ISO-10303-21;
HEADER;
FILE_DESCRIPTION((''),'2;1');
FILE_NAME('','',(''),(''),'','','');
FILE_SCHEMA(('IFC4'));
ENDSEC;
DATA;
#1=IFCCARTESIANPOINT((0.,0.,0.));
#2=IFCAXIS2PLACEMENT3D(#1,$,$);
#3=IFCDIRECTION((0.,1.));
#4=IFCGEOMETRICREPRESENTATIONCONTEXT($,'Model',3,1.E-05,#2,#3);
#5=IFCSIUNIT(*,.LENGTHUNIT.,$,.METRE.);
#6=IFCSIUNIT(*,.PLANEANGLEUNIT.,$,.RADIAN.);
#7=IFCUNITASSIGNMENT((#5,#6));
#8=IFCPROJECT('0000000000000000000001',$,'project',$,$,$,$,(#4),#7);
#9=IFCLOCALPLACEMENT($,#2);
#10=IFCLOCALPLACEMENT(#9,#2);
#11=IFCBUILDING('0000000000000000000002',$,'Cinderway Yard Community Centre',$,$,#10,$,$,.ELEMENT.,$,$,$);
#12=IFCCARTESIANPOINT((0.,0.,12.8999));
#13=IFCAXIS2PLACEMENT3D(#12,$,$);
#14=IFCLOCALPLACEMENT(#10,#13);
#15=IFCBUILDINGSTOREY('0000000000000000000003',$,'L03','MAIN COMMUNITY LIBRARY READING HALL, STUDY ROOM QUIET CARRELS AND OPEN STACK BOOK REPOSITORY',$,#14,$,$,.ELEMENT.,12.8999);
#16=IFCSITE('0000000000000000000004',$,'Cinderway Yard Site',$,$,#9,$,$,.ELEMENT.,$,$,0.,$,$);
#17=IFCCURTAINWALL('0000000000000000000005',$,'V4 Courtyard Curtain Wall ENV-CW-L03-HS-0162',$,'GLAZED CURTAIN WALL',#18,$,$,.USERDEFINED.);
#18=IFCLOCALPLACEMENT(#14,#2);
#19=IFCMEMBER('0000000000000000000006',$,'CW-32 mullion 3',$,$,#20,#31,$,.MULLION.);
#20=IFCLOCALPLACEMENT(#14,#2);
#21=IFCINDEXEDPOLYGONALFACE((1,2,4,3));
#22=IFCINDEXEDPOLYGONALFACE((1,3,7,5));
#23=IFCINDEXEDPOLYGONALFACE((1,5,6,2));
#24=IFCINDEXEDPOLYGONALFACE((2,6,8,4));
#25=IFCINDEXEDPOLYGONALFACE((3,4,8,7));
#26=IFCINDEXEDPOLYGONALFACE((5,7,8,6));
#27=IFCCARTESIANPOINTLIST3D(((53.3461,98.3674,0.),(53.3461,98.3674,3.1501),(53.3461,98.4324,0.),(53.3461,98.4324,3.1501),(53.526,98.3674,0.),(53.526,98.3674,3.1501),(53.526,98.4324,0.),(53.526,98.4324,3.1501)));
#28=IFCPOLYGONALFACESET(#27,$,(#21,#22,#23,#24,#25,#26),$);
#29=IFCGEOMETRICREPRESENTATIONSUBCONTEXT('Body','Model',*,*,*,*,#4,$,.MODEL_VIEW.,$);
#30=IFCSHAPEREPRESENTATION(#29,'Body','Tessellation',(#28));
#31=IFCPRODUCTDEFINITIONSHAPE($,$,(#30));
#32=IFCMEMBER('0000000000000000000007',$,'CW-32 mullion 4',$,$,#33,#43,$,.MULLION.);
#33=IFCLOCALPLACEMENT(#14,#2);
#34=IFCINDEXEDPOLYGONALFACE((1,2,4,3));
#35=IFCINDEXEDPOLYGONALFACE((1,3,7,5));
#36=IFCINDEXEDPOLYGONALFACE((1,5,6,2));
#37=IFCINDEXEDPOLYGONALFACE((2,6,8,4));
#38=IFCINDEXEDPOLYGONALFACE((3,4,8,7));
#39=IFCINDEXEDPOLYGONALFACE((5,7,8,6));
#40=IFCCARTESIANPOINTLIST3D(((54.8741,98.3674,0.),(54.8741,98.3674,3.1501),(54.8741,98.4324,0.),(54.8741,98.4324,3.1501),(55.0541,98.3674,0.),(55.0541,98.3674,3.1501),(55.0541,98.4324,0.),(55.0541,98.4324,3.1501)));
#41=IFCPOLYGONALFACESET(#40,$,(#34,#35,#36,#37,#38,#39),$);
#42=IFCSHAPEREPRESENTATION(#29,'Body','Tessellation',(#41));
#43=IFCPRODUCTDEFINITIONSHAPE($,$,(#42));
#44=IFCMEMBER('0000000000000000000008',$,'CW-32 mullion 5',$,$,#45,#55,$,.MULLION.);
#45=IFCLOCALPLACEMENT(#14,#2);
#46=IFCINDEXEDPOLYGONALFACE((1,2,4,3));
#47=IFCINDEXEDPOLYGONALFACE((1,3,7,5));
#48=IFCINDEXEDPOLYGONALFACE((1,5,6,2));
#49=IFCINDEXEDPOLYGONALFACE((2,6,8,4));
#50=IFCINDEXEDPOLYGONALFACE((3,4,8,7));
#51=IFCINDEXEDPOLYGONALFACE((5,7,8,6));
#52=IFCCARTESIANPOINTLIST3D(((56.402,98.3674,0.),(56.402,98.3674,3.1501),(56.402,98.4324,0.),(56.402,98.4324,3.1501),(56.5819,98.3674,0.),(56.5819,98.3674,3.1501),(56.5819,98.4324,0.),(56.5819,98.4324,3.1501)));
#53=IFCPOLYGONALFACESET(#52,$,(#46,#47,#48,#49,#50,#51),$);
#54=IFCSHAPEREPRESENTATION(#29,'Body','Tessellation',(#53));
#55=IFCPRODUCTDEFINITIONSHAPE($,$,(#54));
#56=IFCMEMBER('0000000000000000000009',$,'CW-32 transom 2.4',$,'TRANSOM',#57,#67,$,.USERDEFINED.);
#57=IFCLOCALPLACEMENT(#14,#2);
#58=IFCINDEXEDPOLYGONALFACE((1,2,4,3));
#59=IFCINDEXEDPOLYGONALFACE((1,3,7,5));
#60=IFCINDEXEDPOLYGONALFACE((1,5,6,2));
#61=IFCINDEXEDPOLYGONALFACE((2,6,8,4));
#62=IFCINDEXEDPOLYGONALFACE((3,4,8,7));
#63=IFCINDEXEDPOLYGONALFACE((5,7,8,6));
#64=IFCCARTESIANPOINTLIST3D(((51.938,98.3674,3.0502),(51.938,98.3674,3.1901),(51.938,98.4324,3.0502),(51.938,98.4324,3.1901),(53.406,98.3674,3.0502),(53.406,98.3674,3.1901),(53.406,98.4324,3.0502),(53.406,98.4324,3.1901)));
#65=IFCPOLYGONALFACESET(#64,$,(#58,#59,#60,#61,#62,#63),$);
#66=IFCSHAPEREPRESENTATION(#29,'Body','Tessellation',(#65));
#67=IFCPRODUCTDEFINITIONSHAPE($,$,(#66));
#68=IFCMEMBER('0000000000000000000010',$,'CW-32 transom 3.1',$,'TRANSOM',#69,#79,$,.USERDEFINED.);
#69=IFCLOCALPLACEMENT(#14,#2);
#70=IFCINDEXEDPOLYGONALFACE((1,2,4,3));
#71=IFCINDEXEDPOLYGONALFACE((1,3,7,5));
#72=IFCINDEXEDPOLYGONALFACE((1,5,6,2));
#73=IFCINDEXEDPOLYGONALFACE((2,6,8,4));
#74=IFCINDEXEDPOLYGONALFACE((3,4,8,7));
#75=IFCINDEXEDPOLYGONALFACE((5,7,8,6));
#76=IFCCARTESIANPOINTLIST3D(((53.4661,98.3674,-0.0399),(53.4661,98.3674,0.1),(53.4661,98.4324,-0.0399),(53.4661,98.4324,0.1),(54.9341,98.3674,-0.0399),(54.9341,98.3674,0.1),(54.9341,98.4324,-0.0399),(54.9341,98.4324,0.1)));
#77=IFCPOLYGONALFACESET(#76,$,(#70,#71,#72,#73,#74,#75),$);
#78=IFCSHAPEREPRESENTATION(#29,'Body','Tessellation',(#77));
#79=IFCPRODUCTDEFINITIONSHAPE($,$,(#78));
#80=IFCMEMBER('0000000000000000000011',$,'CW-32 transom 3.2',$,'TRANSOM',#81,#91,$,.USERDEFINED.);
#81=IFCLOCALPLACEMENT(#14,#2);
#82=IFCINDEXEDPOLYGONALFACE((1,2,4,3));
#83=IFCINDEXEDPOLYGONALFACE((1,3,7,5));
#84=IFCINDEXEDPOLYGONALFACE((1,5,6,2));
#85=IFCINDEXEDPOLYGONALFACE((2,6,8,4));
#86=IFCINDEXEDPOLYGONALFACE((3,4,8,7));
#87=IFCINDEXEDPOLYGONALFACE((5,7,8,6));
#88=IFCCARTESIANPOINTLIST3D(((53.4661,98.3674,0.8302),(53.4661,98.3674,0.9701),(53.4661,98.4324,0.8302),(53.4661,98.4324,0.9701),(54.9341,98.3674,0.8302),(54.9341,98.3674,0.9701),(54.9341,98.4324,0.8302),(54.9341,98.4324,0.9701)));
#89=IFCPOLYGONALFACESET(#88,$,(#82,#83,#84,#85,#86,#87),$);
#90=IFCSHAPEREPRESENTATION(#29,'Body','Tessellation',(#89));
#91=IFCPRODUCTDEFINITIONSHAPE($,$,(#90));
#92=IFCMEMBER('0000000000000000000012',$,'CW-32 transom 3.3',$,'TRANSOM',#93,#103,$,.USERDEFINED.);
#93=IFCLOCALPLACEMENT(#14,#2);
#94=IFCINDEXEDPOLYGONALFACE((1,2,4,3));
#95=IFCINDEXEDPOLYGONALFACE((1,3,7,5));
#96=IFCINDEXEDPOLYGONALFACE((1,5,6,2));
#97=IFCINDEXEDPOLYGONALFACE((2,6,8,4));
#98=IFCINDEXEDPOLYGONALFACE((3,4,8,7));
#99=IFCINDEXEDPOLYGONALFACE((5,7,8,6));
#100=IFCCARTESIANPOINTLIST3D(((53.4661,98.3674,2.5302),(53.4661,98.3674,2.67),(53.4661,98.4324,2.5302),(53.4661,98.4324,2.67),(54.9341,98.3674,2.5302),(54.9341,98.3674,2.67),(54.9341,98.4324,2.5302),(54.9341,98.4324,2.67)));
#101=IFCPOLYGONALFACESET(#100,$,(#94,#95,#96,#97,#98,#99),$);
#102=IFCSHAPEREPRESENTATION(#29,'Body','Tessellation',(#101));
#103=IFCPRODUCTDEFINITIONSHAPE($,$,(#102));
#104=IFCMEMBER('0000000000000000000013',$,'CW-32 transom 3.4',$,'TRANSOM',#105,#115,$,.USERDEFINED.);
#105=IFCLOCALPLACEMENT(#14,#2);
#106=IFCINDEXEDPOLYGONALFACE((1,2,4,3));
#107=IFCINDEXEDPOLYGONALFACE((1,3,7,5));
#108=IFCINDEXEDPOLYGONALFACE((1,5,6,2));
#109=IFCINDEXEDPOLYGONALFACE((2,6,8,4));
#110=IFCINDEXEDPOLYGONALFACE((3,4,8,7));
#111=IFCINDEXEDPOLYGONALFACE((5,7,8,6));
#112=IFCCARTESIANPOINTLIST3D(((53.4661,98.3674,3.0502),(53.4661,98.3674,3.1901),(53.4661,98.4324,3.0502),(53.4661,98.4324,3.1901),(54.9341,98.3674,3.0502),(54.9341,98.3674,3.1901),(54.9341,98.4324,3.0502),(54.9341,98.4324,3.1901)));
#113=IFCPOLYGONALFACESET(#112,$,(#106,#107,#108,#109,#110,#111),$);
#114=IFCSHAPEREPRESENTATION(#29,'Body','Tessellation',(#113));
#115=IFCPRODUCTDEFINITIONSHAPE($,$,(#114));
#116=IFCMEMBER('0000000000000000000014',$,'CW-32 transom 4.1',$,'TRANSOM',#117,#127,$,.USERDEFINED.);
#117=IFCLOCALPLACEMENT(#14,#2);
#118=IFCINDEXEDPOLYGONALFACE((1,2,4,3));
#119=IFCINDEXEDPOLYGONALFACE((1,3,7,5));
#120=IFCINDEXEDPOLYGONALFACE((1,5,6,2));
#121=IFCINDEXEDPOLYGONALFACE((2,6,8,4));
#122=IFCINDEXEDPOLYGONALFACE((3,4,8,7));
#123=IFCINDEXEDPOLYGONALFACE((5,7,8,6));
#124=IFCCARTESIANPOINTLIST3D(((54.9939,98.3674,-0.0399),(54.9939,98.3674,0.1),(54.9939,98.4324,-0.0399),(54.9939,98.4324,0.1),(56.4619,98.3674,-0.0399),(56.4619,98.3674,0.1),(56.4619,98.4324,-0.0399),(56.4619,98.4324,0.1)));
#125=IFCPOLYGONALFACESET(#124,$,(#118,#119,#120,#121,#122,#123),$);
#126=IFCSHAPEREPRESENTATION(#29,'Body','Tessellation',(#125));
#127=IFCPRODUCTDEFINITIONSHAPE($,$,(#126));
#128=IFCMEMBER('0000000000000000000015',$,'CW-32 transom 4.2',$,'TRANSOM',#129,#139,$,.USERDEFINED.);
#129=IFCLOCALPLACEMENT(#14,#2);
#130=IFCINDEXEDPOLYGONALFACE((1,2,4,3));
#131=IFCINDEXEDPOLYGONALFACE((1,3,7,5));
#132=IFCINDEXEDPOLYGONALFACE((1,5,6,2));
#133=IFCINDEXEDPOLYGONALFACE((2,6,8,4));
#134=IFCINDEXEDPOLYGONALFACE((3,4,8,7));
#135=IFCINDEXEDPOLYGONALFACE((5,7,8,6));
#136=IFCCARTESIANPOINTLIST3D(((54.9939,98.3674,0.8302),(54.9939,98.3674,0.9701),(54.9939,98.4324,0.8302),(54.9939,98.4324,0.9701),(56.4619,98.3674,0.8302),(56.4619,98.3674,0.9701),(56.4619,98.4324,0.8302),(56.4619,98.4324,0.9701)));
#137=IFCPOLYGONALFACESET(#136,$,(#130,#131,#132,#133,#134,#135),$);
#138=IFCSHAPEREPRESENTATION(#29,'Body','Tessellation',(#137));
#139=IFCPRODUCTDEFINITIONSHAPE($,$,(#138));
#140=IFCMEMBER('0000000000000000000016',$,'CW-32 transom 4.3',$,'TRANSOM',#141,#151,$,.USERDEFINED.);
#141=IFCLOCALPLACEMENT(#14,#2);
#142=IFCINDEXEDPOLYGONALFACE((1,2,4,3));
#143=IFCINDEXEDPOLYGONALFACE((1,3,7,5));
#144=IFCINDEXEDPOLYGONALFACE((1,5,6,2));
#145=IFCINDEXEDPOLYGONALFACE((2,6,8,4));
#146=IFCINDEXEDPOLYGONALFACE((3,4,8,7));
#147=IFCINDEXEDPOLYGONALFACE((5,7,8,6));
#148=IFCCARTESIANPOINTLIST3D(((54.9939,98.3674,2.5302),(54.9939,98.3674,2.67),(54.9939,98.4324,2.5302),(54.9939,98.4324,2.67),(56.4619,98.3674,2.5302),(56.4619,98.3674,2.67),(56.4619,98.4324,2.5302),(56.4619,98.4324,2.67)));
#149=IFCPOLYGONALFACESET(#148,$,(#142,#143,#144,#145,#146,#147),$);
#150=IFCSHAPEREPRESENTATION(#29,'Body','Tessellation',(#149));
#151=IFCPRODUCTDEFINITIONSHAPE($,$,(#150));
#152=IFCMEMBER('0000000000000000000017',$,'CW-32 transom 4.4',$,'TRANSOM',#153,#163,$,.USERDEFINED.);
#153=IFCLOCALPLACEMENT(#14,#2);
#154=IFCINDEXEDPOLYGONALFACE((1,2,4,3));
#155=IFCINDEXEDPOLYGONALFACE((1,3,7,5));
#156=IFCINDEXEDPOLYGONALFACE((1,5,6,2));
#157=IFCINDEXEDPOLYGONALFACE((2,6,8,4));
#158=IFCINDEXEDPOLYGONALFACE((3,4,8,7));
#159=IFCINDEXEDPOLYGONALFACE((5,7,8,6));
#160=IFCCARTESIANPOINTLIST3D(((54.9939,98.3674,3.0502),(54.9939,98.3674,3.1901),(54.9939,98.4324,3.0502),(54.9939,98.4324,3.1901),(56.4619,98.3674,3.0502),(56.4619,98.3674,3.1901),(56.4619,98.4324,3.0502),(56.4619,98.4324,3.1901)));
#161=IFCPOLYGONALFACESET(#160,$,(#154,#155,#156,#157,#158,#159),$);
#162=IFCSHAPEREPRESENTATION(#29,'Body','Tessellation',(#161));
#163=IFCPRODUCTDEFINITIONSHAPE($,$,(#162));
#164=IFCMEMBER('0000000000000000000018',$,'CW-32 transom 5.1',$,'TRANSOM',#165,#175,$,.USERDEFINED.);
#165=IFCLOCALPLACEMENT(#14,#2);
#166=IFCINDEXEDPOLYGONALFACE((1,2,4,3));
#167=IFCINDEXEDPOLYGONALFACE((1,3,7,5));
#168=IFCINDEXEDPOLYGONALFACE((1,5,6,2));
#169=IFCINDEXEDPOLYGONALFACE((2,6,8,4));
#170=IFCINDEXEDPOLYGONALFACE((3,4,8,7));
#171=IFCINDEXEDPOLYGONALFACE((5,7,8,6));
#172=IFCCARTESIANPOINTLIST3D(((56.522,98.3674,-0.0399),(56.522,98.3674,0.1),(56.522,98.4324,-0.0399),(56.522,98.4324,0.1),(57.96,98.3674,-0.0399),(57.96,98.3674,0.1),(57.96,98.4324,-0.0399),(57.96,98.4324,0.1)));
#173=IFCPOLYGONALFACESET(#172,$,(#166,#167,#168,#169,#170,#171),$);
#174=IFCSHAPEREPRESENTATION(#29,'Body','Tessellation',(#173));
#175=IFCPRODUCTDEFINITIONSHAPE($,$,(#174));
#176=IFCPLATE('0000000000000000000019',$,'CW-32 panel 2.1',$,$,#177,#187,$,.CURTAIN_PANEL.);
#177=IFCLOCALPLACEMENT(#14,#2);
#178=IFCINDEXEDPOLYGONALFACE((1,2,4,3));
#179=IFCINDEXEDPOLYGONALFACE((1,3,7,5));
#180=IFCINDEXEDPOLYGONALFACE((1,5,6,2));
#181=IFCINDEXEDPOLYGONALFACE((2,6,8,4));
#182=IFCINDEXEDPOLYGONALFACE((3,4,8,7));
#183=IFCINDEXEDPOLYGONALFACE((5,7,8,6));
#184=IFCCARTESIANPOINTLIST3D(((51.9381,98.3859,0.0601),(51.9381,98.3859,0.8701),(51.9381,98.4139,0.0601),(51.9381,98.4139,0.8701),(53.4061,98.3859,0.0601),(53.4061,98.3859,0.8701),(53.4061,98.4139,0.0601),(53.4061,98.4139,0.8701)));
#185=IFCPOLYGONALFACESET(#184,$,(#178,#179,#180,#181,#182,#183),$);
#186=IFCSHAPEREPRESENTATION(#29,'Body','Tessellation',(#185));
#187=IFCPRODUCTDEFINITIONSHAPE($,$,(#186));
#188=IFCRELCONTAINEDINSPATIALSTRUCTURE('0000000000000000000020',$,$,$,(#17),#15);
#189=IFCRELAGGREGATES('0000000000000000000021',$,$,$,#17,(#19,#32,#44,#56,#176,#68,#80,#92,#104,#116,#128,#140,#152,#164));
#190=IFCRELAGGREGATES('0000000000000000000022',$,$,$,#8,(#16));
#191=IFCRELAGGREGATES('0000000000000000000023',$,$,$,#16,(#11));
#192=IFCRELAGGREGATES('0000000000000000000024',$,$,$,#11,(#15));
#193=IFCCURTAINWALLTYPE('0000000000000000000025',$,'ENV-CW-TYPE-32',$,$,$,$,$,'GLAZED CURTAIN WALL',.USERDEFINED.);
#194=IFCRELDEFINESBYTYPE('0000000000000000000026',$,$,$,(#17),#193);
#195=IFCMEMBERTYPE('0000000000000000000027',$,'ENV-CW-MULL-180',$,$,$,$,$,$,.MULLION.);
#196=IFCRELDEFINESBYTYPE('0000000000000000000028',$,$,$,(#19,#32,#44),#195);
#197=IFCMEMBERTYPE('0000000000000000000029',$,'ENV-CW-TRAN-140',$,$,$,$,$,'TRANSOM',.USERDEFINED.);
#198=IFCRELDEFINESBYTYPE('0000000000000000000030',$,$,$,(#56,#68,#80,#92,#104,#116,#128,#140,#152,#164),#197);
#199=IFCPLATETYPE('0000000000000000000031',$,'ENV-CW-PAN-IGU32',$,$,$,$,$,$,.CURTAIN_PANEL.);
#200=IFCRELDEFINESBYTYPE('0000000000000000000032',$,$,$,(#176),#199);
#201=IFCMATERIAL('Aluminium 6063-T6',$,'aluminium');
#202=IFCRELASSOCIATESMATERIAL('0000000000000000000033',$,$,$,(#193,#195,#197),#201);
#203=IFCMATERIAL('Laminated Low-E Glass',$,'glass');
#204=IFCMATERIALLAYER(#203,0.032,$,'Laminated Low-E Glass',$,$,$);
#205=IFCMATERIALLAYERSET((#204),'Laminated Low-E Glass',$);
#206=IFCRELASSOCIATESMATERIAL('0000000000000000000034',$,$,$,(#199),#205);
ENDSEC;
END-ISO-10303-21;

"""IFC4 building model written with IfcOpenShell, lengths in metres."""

from ifc_helpers import new_model, si_unit, direction, frame, origin, origin_2d, place, context, subcontext, project, spatial, rectangle, extrude, material, layer, layer_set, material_profile, profile_set, type_object, element, aggregate, save


model = new_model("IFC4")

# Units and contexts
model_context = context("Model", 3, precision=1e-05, world=origin(), true_north=direction((0.0, 1.0)))
body_context = subcontext(model_context, "Body", "Model", "MODEL_VIEW")
ifc_project = project(units=[si_unit("LENGTHUNIT", "METRE"), si_unit("PLANEANGLEUNIT", "RADIAN")], contexts=[model_context])

# Site, building, storey
site_placement = place(None, origin())
site = spatial("IfcSite", under=ifc_project, at=site_placement, Name="Cinderway Yard Site", CompositionType="ELEMENT", RefElevation=0.0)
building_placement = place(site_placement, origin())
building = spatial("IfcBuilding", under=site, at=building_placement, Name="Cinderway Yard Community Centre", CompositionType="ELEMENT")
storey_placement = place(building_placement, frame((0.0, 0.0, 12.8999)))
storey = spatial("IfcBuildingStorey", under=building, at=storey_placement, Name="L03", Description="MAIN COMMUNITY LIBRARY READING HALL, STUDY ROOM QUIET CARRELS AND OPEN STACK BOOK REPOSITORY", CompositionType="ELEMENT", Elevation=12.8999)

# Curtain wall, members, plate
ifc_material_1 = material(Name="Aluminium 6063-T6", Category="aluminium")
curtain_wall_type = type_object("IfcCurtainWallType", Name="ENV-CW-TYPE-32", ElementType="GLAZED CURTAIN WALL", PredefinedType="USERDEFINED", material=ifc_material_1)
curtain_wall_placement = place(storey_placement, origin())
curtain_wall = element("IfcCurtainWall", 1, at=curtain_wall_placement, inside=storey, type_object=curtain_wall_type, Name="V4 Courtyard Curtain Wall ENV-CW-L03-HS-0162", ObjectType="GLAZED CURTAIN WALL", PredefinedType="USERDEFINED")
ifc_material_profile_1 = material_profile(ifc_material_1, rectangle(XDim=0.0649, YDim=0.1799, at=origin_2d()), Name="Aluminium 6063-T6")
ifc_profile_set_1 = profile_set([ifc_material_profile_1], Name="Aluminium 6063-T6")
member_type_1 = type_object("IfcMemberType", Name="ENV-CW-MULL-180", PredefinedType="MULLION", material=ifc_profile_set_1)
member_1_placement = place(storey_placement, frame((53.436, 98.3999, 0.0), z_axis=(0.0, 0.0, 1.0), x_axis=(0.0, 1.0, 0.0)))
member_1 = element("IfcMember", 2, at=member_1_placement, type_object=member_type_1, Name="CW-32 mullion 3", PredefinedType="MULLION", context=body_context, shape_type="SweptSolid", body=[
    extrude(rectangle(XDim=0.0649, YDim=0.1799, at=origin_2d()), origin(), (0.0, 0.0, 1.0), 3.1501),
])
member_2_placement = place(storey_placement, frame((54.9641, 98.3999, 0.0), z_axis=(0.0, 0.0, 1.0), x_axis=(0.0, 1.0, 0.0)))
member_2 = element("IfcMember", 3, at=member_2_placement, type_object=member_type_1, Name="CW-32 mullion 4", PredefinedType="MULLION", context=body_context, shape_type="SweptSolid", body=[
    extrude(rectangle(XDim=0.0649, YDim=0.1799, at=origin_2d()), origin(), (0.0, 0.0, 1.0), 3.1501),
])
member_3_placement = place(storey_placement, frame((56.4919, 98.3999, 0.0), z_axis=(0.0, 0.0, 1.0), x_axis=(0.0, 1.0, 0.0)))
member_3 = element("IfcMember", 4, at=member_3_placement, type_object=member_type_1, Name="CW-32 mullion 5", PredefinedType="MULLION", context=body_context, shape_type="SweptSolid", body=[
    extrude(rectangle(XDim=0.0649, YDim=0.1799, at=origin_2d()), origin(), (0.0, 0.0, 1.0), 3.1501),
])
ifc_material_profile_2 = material_profile(ifc_material_1, rectangle(XDim=0.0649, YDim=0.1399, at=origin_2d()), Name="Aluminium 6063-T6")
ifc_profile_set_2 = profile_set([ifc_material_profile_2], Name="Aluminium 6063-T6")
member_type_2 = type_object("IfcMemberType", Name="ENV-CW-TRAN-140", ElementType="TRANSOM", PredefinedType="USERDEFINED", material=ifc_profile_set_2)
member_4_placement = place(storey_placement, frame((51.938, 98.3999, 3.1201), z_axis=(1.0, 0.0, 0.0), x_axis=(0.0, 1.0, 0.0)))
member_4 = element("IfcMember", 5, at=member_4_placement, type_object=member_type_2, Name="CW-32 transom 2.4", ObjectType="TRANSOM", PredefinedType="USERDEFINED", context=body_context, shape_type="SweptSolid", body=[
    extrude(rectangle(XDim=0.0649, YDim=0.1399, at=origin_2d()), origin(), (0.0, 0.0, 1.0), 1.468),
])
member_5_placement = place(storey_placement, frame((53.4661, 98.3999, 0.03), z_axis=(1.0, 0.0, 0.0), x_axis=(0.0, 1.0, 0.0)))
member_5 = element("IfcMember", 6, at=member_5_placement, type_object=member_type_2, Name="CW-32 transom 3.1", ObjectType="TRANSOM", PredefinedType="USERDEFINED", context=body_context, shape_type="SweptSolid", body=[
    extrude(rectangle(XDim=0.0649, YDim=0.1399, at=origin_2d()), origin(), (0.0, 0.0, 1.0), 1.468),
])
member_6_placement = place(storey_placement, frame((53.4661, 98.3999, 0.9001), z_axis=(1.0, 0.0, 0.0), x_axis=(0.0, 1.0, 0.0)))
member_6 = element("IfcMember", 7, at=member_6_placement, type_object=member_type_2, Name="CW-32 transom 3.2", ObjectType="TRANSOM", PredefinedType="USERDEFINED", context=body_context, shape_type="SweptSolid", body=[
    extrude(rectangle(XDim=0.0649, YDim=0.1399, at=origin_2d()), origin(), (0.0, 0.0, 1.0), 1.468),
])
member_7_placement = place(storey_placement, frame((53.4661, 98.3999, 2.6001), z_axis=(1.0, 0.0, 0.0), x_axis=(0.0, 1.0, 0.0)))
member_7 = element("IfcMember", 8, at=member_7_placement, type_object=member_type_2, Name="CW-32 transom 3.3", ObjectType="TRANSOM", PredefinedType="USERDEFINED", context=body_context, shape_type="SweptSolid", body=[
    extrude(rectangle(XDim=0.0649, YDim=0.1399, at=origin_2d()), origin(), (0.0, 0.0, 1.0), 1.468),
])
member_8_placement = place(storey_placement, frame((53.4661, 98.3999, 3.1201), z_axis=(1.0, 0.0, 0.0), x_axis=(0.0, 1.0, 0.0)))
member_8 = element("IfcMember", 9, at=member_8_placement, type_object=member_type_2, Name="CW-32 transom 3.4", ObjectType="TRANSOM", PredefinedType="USERDEFINED", context=body_context, shape_type="SweptSolid", body=[
    extrude(rectangle(XDim=0.0649, YDim=0.1399, at=origin_2d()), origin(), (0.0, 0.0, 1.0), 1.468),
])
member_9_placement = place(storey_placement, frame((54.9939, 98.3999, 0.03), z_axis=(1.0, 0.0, 0.0), x_axis=(0.0, 1.0, 0.0)))
member_9 = element("IfcMember", 10, at=member_9_placement, type_object=member_type_2, Name="CW-32 transom 4.1", ObjectType="TRANSOM", PredefinedType="USERDEFINED", context=body_context, shape_type="SweptSolid", body=[
    extrude(rectangle(XDim=0.0649, YDim=0.1399, at=origin_2d()), origin(), (0.0, 0.0, 1.0), 1.468),
])
member_10_placement = place(storey_placement, frame((54.9939, 98.3999, 0.9001), z_axis=(1.0, 0.0, 0.0), x_axis=(0.0, 1.0, 0.0)))
member_10 = element("IfcMember", 11, at=member_10_placement, type_object=member_type_2, Name="CW-32 transom 4.2", ObjectType="TRANSOM", PredefinedType="USERDEFINED", context=body_context, shape_type="SweptSolid", body=[
    extrude(rectangle(XDim=0.0649, YDim=0.1399, at=origin_2d()), origin(), (0.0, 0.0, 1.0), 1.468),
])
member_11_placement = place(storey_placement, frame((54.9939, 98.3999, 2.6001), z_axis=(1.0, 0.0, 0.0), x_axis=(0.0, 1.0, 0.0)))
member_11 = element("IfcMember", 12, at=member_11_placement, type_object=member_type_2, Name="CW-32 transom 4.3", ObjectType="TRANSOM", PredefinedType="USERDEFINED", context=body_context, shape_type="SweptSolid", body=[
    extrude(rectangle(XDim=0.0649, YDim=0.1399, at=origin_2d()), origin(), (0.0, 0.0, 1.0), 1.468),
])
member_12_placement = place(storey_placement, frame((54.9939, 98.3999, 3.1201), z_axis=(1.0, 0.0, 0.0), x_axis=(0.0, 1.0, 0.0)))
member_12 = element("IfcMember", 13, at=member_12_placement, type_object=member_type_2, Name="CW-32 transom 4.4", ObjectType="TRANSOM", PredefinedType="USERDEFINED", context=body_context, shape_type="SweptSolid", body=[
    extrude(rectangle(XDim=0.0649, YDim=0.1399, at=origin_2d()), origin(), (0.0, 0.0, 1.0), 1.468),
])
member_13_placement = place(storey_placement, frame((56.522, 98.3999, 0.03), z_axis=(1.0, 0.0, 0.0), x_axis=(0.0, 1.0, 0.0)))
member_13 = element("IfcMember", 14, at=member_13_placement, type_object=member_type_2, Name="CW-32 transom 5.1", ObjectType="TRANSOM", PredefinedType="USERDEFINED", context=body_context, shape_type="SweptSolid", body=[
    extrude(rectangle(XDim=0.0649, YDim=0.1399, at=origin_2d()), origin(), (0.0, 0.0, 1.0), 1.438),
])
ifc_material_2 = material(Name="Laminated Low-E Glass", Category="glass")
ifc_layer = layer(ifc_material_2, 0.032, Name="Laminated Low-E Glass")
ifc_layer_set = layer_set([ifc_layer], Name="Laminated Low-E Glass")
plate_type = type_object("IfcPlateType", Name="ENV-CW-PAN-IGU32", PredefinedType="CURTAIN_PANEL", material=ifc_layer_set)
plate_1_placement = place(storey_placement, frame((52.6721, 98.3999, 0.0601), z_axis=(0.0, 0.0, 1.0), x_axis=(1.0, 0.0, 0.0)))
plate_1 = element("IfcPlate", 15, at=plate_1_placement, type_object=plate_type, Name="CW-32 panel 2.1", PredefinedType="CURTAIN_PANEL", context=body_context, shape_type="SweptSolid", body=[
    extrude(rectangle(XDim=1.468, YDim=0.0281, at=origin_2d()), origin(), (0.0, 0.0, 1.0), 0.8101),
])
aggregate(curtain_wall, [member_1, member_2, member_3, member_4, plate_1, member_5, member_6, member_7, member_8, member_9, member_10, member_11, member_12, member_13])

save(model, "model.ifc")
